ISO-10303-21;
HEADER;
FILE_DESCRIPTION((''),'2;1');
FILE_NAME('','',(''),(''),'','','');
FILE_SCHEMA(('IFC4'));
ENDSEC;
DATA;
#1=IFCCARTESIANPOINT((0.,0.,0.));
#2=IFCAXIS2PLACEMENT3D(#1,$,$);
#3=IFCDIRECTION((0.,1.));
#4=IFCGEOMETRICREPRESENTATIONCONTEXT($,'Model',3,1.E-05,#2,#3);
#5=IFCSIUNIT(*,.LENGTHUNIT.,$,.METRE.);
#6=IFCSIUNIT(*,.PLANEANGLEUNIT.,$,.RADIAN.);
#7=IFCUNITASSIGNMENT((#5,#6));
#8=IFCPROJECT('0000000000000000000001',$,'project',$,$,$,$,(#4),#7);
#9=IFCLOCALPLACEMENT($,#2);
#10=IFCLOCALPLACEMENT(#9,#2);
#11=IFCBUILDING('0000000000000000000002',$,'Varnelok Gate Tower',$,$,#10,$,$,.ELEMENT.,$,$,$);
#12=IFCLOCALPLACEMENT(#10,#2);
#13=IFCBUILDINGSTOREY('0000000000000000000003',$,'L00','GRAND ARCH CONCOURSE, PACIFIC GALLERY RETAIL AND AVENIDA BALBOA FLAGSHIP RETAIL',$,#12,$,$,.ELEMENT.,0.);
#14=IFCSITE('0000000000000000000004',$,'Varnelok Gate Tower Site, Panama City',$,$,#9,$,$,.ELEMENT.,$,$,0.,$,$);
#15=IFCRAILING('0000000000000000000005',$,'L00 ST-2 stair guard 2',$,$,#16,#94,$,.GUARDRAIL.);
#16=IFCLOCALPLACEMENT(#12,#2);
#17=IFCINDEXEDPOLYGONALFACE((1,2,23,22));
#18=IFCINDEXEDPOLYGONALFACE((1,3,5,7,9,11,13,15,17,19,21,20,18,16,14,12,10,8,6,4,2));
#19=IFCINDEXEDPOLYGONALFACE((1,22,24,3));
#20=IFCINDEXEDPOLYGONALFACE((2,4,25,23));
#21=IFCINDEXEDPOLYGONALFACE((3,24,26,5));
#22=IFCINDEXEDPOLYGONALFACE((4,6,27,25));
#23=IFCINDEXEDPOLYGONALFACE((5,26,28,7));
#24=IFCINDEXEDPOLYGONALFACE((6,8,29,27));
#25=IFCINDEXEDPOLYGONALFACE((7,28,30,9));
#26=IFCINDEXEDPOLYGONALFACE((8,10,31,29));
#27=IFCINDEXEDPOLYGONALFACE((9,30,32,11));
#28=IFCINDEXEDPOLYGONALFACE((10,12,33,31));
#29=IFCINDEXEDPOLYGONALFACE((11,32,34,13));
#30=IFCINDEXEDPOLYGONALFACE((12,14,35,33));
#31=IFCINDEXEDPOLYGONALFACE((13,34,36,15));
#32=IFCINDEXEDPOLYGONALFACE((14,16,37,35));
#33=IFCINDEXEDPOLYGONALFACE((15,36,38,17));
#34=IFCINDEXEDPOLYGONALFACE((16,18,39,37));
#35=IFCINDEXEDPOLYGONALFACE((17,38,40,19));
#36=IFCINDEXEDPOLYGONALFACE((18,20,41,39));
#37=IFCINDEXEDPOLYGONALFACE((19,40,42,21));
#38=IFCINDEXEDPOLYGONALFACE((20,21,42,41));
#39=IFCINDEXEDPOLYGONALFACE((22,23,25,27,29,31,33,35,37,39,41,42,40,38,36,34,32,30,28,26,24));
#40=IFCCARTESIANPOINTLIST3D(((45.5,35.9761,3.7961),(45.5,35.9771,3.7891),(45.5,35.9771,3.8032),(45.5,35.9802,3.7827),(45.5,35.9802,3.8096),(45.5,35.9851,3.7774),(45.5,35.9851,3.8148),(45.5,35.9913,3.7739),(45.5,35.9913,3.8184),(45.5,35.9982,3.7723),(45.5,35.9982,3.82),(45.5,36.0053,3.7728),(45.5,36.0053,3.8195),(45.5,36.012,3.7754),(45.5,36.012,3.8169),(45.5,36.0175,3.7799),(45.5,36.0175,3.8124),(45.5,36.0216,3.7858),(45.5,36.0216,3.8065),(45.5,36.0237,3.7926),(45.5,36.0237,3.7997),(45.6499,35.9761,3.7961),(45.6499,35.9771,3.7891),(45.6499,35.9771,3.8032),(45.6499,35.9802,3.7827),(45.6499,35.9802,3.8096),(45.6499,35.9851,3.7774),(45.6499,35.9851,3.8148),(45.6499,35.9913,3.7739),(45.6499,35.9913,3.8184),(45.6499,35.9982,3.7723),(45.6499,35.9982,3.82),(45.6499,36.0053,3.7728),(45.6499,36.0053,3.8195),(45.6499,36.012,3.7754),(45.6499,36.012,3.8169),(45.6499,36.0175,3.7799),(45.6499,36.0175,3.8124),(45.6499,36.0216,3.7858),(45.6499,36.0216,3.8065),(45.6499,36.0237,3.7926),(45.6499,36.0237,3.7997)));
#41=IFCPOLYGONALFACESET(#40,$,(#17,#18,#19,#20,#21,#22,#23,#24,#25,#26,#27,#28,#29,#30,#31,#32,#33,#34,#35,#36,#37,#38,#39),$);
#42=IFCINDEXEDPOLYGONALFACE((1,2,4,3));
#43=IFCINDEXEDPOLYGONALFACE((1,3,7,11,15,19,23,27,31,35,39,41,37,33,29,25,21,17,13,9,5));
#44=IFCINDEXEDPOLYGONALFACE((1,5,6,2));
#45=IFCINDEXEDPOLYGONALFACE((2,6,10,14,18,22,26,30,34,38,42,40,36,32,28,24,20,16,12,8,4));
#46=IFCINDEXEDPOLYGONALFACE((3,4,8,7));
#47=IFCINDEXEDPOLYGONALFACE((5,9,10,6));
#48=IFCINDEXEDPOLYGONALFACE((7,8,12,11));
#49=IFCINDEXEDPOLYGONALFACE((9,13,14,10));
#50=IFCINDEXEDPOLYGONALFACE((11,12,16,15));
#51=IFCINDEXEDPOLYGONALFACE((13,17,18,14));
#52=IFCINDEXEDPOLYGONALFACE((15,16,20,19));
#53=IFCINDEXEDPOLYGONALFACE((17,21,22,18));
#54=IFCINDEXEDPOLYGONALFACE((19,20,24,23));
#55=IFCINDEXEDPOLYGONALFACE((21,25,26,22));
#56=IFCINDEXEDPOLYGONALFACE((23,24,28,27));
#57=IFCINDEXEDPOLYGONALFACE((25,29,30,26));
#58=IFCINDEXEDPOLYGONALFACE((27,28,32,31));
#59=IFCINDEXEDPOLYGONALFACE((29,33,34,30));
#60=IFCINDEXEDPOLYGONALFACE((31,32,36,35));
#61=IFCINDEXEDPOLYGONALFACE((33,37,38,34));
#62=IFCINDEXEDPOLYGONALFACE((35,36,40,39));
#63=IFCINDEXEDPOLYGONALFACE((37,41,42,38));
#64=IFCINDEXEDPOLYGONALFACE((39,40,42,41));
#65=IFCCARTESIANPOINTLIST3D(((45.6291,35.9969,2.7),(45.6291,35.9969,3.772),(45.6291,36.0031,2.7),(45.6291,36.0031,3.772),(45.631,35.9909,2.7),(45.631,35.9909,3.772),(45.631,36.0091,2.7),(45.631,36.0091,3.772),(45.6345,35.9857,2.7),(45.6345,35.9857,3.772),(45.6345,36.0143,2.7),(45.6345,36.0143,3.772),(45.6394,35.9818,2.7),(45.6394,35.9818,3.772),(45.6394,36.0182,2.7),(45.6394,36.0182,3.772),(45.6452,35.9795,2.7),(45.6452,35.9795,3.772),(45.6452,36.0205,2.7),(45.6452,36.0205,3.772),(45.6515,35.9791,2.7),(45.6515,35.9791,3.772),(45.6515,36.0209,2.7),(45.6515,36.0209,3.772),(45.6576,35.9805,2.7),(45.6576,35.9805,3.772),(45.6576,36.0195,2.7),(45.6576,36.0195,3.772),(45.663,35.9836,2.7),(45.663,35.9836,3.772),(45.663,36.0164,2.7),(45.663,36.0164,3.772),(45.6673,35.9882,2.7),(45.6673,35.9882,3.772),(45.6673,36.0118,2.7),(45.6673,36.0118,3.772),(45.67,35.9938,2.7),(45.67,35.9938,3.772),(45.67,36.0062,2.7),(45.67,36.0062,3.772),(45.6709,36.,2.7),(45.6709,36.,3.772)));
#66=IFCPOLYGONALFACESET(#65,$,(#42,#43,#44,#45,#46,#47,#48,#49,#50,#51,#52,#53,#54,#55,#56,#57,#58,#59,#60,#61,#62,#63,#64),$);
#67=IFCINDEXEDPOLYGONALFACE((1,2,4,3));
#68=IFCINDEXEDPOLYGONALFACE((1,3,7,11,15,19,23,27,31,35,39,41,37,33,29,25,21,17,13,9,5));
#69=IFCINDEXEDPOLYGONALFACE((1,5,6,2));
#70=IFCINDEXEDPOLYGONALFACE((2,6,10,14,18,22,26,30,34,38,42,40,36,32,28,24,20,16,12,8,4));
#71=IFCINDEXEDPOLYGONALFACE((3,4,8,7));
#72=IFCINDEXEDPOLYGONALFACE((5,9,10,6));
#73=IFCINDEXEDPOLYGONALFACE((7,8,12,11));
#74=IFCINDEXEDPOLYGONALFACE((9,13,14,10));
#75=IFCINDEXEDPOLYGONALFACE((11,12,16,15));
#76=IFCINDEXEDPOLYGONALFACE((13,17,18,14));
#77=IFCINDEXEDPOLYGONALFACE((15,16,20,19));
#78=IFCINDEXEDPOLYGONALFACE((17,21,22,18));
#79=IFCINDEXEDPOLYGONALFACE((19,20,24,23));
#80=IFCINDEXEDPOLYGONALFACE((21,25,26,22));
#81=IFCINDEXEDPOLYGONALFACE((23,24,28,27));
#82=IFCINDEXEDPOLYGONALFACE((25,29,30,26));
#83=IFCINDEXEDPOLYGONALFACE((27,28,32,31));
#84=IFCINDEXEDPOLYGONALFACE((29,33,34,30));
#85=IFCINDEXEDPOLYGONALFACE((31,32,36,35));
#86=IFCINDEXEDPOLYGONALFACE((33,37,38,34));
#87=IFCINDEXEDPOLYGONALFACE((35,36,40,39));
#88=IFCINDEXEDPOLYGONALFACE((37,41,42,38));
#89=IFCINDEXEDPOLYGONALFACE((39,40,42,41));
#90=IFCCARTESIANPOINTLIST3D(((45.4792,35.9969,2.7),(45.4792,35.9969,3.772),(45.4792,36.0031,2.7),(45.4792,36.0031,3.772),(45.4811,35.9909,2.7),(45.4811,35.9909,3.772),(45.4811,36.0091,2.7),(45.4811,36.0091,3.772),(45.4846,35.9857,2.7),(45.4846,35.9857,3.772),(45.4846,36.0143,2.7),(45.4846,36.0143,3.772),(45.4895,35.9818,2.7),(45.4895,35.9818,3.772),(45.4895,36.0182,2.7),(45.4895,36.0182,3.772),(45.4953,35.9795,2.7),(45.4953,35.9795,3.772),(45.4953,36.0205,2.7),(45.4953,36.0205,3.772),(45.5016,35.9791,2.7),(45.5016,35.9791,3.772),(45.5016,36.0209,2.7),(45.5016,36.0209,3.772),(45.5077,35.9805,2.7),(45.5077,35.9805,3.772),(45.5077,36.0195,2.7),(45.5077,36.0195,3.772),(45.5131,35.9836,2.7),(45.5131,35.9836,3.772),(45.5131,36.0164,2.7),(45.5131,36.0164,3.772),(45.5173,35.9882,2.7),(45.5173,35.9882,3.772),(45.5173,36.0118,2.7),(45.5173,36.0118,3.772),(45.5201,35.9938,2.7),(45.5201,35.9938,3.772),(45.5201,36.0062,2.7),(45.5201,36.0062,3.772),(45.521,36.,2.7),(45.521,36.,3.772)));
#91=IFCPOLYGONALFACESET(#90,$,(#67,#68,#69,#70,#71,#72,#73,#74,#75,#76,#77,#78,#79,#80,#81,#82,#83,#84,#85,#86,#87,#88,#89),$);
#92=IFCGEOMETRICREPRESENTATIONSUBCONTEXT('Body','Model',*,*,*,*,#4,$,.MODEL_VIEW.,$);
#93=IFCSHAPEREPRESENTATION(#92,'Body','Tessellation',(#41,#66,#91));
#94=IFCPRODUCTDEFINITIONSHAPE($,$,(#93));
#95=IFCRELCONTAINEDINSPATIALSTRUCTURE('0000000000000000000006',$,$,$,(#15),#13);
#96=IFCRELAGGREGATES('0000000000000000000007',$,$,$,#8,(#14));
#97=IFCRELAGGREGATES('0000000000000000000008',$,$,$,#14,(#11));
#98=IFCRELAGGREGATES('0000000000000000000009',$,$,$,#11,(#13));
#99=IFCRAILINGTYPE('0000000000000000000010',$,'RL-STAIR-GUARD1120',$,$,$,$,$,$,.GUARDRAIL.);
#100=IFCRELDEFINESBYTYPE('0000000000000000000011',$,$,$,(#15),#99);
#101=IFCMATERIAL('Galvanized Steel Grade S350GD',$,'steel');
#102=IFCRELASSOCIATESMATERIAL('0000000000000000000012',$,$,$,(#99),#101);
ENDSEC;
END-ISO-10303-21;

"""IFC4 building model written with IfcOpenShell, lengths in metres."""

from ifc_helpers import new_model, si_unit, direction, frame, origin, origin_2d, place, context, subcontext, project, spatial, circle, extrude, material, type_object, element, save


model = new_model("IFC4")

# Units and contexts
model_context = context("Model", 3, precision=1e-05, world=origin(), true_north=direction((0.0, 1.0)))
body_context = subcontext(model_context, "Body", "Model", "MODEL_VIEW")
ifc_project = project(units=[si_unit("LENGTHUNIT", "METRE"), si_unit("PLANEANGLEUNIT", "RADIAN")], contexts=[model_context])

# Site, building, storey
site_placement = place(None, origin())
site = spatial("IfcSite", under=ifc_project, at=site_placement, Name="Varnelok Gate Tower Site, Panama City", CompositionType="ELEMENT", RefElevation=0.0)
building_placement = place(site_placement, origin())
building = spatial("IfcBuilding", under=site, at=building_placement, Name="Varnelok Gate Tower", CompositionType="ELEMENT")
storey_placement = place(building_placement, origin())
storey = spatial("IfcBuildingStorey", under=building, at=storey_placement, Name="L00", Description="GRAND ARCH CONCOURSE, PACIFIC GALLERY RETAIL AND AVENIDA BALBOA FLAGSHIP RETAIL", CompositionType="ELEMENT", Elevation=0.0)

# Shared definitions
ifc_material_1 = material(Name="Galvanized Steel Grade S350GD", Category="steel")

# Railing
railing_type_1 = type_object("IfcRailingType", Name="RL-STAIR-GUARD1120", PredefinedType="GUARDRAIL", material=ifc_material_1)
railing_1_placement = place(storey_placement, frame((45.6499, 36.0, 2.7)))
element("IfcRailing", 1, at=railing_1_placement, inside=storey, type_object=railing_type_1, Name="L00 ST-2 stair guard 2", PredefinedType="GUARDRAIL", context=body_context, shape_type="SweptSolid", body=[
    extrude(circle(Radius=0.0239, at=origin_2d()), frame((0.0, 0.0, 1.0962), z_axis=(-1.0, 0.0, 0.0), x_axis=(0.0, -1.0, 0.0)), (0.0, 0.0, 1.0), 0.1499),
    extrude(circle(Radius=0.021, at=origin_2d()), origin(), (0.0, 0.0, 1.0), 1.072),
    extrude(circle(Radius=0.021, at=origin_2d()), frame((-0.1499, 0.0, 0.0)), (0.0, 0.0, 1.0), 1.072),
])

save(model, "model.ifc")
